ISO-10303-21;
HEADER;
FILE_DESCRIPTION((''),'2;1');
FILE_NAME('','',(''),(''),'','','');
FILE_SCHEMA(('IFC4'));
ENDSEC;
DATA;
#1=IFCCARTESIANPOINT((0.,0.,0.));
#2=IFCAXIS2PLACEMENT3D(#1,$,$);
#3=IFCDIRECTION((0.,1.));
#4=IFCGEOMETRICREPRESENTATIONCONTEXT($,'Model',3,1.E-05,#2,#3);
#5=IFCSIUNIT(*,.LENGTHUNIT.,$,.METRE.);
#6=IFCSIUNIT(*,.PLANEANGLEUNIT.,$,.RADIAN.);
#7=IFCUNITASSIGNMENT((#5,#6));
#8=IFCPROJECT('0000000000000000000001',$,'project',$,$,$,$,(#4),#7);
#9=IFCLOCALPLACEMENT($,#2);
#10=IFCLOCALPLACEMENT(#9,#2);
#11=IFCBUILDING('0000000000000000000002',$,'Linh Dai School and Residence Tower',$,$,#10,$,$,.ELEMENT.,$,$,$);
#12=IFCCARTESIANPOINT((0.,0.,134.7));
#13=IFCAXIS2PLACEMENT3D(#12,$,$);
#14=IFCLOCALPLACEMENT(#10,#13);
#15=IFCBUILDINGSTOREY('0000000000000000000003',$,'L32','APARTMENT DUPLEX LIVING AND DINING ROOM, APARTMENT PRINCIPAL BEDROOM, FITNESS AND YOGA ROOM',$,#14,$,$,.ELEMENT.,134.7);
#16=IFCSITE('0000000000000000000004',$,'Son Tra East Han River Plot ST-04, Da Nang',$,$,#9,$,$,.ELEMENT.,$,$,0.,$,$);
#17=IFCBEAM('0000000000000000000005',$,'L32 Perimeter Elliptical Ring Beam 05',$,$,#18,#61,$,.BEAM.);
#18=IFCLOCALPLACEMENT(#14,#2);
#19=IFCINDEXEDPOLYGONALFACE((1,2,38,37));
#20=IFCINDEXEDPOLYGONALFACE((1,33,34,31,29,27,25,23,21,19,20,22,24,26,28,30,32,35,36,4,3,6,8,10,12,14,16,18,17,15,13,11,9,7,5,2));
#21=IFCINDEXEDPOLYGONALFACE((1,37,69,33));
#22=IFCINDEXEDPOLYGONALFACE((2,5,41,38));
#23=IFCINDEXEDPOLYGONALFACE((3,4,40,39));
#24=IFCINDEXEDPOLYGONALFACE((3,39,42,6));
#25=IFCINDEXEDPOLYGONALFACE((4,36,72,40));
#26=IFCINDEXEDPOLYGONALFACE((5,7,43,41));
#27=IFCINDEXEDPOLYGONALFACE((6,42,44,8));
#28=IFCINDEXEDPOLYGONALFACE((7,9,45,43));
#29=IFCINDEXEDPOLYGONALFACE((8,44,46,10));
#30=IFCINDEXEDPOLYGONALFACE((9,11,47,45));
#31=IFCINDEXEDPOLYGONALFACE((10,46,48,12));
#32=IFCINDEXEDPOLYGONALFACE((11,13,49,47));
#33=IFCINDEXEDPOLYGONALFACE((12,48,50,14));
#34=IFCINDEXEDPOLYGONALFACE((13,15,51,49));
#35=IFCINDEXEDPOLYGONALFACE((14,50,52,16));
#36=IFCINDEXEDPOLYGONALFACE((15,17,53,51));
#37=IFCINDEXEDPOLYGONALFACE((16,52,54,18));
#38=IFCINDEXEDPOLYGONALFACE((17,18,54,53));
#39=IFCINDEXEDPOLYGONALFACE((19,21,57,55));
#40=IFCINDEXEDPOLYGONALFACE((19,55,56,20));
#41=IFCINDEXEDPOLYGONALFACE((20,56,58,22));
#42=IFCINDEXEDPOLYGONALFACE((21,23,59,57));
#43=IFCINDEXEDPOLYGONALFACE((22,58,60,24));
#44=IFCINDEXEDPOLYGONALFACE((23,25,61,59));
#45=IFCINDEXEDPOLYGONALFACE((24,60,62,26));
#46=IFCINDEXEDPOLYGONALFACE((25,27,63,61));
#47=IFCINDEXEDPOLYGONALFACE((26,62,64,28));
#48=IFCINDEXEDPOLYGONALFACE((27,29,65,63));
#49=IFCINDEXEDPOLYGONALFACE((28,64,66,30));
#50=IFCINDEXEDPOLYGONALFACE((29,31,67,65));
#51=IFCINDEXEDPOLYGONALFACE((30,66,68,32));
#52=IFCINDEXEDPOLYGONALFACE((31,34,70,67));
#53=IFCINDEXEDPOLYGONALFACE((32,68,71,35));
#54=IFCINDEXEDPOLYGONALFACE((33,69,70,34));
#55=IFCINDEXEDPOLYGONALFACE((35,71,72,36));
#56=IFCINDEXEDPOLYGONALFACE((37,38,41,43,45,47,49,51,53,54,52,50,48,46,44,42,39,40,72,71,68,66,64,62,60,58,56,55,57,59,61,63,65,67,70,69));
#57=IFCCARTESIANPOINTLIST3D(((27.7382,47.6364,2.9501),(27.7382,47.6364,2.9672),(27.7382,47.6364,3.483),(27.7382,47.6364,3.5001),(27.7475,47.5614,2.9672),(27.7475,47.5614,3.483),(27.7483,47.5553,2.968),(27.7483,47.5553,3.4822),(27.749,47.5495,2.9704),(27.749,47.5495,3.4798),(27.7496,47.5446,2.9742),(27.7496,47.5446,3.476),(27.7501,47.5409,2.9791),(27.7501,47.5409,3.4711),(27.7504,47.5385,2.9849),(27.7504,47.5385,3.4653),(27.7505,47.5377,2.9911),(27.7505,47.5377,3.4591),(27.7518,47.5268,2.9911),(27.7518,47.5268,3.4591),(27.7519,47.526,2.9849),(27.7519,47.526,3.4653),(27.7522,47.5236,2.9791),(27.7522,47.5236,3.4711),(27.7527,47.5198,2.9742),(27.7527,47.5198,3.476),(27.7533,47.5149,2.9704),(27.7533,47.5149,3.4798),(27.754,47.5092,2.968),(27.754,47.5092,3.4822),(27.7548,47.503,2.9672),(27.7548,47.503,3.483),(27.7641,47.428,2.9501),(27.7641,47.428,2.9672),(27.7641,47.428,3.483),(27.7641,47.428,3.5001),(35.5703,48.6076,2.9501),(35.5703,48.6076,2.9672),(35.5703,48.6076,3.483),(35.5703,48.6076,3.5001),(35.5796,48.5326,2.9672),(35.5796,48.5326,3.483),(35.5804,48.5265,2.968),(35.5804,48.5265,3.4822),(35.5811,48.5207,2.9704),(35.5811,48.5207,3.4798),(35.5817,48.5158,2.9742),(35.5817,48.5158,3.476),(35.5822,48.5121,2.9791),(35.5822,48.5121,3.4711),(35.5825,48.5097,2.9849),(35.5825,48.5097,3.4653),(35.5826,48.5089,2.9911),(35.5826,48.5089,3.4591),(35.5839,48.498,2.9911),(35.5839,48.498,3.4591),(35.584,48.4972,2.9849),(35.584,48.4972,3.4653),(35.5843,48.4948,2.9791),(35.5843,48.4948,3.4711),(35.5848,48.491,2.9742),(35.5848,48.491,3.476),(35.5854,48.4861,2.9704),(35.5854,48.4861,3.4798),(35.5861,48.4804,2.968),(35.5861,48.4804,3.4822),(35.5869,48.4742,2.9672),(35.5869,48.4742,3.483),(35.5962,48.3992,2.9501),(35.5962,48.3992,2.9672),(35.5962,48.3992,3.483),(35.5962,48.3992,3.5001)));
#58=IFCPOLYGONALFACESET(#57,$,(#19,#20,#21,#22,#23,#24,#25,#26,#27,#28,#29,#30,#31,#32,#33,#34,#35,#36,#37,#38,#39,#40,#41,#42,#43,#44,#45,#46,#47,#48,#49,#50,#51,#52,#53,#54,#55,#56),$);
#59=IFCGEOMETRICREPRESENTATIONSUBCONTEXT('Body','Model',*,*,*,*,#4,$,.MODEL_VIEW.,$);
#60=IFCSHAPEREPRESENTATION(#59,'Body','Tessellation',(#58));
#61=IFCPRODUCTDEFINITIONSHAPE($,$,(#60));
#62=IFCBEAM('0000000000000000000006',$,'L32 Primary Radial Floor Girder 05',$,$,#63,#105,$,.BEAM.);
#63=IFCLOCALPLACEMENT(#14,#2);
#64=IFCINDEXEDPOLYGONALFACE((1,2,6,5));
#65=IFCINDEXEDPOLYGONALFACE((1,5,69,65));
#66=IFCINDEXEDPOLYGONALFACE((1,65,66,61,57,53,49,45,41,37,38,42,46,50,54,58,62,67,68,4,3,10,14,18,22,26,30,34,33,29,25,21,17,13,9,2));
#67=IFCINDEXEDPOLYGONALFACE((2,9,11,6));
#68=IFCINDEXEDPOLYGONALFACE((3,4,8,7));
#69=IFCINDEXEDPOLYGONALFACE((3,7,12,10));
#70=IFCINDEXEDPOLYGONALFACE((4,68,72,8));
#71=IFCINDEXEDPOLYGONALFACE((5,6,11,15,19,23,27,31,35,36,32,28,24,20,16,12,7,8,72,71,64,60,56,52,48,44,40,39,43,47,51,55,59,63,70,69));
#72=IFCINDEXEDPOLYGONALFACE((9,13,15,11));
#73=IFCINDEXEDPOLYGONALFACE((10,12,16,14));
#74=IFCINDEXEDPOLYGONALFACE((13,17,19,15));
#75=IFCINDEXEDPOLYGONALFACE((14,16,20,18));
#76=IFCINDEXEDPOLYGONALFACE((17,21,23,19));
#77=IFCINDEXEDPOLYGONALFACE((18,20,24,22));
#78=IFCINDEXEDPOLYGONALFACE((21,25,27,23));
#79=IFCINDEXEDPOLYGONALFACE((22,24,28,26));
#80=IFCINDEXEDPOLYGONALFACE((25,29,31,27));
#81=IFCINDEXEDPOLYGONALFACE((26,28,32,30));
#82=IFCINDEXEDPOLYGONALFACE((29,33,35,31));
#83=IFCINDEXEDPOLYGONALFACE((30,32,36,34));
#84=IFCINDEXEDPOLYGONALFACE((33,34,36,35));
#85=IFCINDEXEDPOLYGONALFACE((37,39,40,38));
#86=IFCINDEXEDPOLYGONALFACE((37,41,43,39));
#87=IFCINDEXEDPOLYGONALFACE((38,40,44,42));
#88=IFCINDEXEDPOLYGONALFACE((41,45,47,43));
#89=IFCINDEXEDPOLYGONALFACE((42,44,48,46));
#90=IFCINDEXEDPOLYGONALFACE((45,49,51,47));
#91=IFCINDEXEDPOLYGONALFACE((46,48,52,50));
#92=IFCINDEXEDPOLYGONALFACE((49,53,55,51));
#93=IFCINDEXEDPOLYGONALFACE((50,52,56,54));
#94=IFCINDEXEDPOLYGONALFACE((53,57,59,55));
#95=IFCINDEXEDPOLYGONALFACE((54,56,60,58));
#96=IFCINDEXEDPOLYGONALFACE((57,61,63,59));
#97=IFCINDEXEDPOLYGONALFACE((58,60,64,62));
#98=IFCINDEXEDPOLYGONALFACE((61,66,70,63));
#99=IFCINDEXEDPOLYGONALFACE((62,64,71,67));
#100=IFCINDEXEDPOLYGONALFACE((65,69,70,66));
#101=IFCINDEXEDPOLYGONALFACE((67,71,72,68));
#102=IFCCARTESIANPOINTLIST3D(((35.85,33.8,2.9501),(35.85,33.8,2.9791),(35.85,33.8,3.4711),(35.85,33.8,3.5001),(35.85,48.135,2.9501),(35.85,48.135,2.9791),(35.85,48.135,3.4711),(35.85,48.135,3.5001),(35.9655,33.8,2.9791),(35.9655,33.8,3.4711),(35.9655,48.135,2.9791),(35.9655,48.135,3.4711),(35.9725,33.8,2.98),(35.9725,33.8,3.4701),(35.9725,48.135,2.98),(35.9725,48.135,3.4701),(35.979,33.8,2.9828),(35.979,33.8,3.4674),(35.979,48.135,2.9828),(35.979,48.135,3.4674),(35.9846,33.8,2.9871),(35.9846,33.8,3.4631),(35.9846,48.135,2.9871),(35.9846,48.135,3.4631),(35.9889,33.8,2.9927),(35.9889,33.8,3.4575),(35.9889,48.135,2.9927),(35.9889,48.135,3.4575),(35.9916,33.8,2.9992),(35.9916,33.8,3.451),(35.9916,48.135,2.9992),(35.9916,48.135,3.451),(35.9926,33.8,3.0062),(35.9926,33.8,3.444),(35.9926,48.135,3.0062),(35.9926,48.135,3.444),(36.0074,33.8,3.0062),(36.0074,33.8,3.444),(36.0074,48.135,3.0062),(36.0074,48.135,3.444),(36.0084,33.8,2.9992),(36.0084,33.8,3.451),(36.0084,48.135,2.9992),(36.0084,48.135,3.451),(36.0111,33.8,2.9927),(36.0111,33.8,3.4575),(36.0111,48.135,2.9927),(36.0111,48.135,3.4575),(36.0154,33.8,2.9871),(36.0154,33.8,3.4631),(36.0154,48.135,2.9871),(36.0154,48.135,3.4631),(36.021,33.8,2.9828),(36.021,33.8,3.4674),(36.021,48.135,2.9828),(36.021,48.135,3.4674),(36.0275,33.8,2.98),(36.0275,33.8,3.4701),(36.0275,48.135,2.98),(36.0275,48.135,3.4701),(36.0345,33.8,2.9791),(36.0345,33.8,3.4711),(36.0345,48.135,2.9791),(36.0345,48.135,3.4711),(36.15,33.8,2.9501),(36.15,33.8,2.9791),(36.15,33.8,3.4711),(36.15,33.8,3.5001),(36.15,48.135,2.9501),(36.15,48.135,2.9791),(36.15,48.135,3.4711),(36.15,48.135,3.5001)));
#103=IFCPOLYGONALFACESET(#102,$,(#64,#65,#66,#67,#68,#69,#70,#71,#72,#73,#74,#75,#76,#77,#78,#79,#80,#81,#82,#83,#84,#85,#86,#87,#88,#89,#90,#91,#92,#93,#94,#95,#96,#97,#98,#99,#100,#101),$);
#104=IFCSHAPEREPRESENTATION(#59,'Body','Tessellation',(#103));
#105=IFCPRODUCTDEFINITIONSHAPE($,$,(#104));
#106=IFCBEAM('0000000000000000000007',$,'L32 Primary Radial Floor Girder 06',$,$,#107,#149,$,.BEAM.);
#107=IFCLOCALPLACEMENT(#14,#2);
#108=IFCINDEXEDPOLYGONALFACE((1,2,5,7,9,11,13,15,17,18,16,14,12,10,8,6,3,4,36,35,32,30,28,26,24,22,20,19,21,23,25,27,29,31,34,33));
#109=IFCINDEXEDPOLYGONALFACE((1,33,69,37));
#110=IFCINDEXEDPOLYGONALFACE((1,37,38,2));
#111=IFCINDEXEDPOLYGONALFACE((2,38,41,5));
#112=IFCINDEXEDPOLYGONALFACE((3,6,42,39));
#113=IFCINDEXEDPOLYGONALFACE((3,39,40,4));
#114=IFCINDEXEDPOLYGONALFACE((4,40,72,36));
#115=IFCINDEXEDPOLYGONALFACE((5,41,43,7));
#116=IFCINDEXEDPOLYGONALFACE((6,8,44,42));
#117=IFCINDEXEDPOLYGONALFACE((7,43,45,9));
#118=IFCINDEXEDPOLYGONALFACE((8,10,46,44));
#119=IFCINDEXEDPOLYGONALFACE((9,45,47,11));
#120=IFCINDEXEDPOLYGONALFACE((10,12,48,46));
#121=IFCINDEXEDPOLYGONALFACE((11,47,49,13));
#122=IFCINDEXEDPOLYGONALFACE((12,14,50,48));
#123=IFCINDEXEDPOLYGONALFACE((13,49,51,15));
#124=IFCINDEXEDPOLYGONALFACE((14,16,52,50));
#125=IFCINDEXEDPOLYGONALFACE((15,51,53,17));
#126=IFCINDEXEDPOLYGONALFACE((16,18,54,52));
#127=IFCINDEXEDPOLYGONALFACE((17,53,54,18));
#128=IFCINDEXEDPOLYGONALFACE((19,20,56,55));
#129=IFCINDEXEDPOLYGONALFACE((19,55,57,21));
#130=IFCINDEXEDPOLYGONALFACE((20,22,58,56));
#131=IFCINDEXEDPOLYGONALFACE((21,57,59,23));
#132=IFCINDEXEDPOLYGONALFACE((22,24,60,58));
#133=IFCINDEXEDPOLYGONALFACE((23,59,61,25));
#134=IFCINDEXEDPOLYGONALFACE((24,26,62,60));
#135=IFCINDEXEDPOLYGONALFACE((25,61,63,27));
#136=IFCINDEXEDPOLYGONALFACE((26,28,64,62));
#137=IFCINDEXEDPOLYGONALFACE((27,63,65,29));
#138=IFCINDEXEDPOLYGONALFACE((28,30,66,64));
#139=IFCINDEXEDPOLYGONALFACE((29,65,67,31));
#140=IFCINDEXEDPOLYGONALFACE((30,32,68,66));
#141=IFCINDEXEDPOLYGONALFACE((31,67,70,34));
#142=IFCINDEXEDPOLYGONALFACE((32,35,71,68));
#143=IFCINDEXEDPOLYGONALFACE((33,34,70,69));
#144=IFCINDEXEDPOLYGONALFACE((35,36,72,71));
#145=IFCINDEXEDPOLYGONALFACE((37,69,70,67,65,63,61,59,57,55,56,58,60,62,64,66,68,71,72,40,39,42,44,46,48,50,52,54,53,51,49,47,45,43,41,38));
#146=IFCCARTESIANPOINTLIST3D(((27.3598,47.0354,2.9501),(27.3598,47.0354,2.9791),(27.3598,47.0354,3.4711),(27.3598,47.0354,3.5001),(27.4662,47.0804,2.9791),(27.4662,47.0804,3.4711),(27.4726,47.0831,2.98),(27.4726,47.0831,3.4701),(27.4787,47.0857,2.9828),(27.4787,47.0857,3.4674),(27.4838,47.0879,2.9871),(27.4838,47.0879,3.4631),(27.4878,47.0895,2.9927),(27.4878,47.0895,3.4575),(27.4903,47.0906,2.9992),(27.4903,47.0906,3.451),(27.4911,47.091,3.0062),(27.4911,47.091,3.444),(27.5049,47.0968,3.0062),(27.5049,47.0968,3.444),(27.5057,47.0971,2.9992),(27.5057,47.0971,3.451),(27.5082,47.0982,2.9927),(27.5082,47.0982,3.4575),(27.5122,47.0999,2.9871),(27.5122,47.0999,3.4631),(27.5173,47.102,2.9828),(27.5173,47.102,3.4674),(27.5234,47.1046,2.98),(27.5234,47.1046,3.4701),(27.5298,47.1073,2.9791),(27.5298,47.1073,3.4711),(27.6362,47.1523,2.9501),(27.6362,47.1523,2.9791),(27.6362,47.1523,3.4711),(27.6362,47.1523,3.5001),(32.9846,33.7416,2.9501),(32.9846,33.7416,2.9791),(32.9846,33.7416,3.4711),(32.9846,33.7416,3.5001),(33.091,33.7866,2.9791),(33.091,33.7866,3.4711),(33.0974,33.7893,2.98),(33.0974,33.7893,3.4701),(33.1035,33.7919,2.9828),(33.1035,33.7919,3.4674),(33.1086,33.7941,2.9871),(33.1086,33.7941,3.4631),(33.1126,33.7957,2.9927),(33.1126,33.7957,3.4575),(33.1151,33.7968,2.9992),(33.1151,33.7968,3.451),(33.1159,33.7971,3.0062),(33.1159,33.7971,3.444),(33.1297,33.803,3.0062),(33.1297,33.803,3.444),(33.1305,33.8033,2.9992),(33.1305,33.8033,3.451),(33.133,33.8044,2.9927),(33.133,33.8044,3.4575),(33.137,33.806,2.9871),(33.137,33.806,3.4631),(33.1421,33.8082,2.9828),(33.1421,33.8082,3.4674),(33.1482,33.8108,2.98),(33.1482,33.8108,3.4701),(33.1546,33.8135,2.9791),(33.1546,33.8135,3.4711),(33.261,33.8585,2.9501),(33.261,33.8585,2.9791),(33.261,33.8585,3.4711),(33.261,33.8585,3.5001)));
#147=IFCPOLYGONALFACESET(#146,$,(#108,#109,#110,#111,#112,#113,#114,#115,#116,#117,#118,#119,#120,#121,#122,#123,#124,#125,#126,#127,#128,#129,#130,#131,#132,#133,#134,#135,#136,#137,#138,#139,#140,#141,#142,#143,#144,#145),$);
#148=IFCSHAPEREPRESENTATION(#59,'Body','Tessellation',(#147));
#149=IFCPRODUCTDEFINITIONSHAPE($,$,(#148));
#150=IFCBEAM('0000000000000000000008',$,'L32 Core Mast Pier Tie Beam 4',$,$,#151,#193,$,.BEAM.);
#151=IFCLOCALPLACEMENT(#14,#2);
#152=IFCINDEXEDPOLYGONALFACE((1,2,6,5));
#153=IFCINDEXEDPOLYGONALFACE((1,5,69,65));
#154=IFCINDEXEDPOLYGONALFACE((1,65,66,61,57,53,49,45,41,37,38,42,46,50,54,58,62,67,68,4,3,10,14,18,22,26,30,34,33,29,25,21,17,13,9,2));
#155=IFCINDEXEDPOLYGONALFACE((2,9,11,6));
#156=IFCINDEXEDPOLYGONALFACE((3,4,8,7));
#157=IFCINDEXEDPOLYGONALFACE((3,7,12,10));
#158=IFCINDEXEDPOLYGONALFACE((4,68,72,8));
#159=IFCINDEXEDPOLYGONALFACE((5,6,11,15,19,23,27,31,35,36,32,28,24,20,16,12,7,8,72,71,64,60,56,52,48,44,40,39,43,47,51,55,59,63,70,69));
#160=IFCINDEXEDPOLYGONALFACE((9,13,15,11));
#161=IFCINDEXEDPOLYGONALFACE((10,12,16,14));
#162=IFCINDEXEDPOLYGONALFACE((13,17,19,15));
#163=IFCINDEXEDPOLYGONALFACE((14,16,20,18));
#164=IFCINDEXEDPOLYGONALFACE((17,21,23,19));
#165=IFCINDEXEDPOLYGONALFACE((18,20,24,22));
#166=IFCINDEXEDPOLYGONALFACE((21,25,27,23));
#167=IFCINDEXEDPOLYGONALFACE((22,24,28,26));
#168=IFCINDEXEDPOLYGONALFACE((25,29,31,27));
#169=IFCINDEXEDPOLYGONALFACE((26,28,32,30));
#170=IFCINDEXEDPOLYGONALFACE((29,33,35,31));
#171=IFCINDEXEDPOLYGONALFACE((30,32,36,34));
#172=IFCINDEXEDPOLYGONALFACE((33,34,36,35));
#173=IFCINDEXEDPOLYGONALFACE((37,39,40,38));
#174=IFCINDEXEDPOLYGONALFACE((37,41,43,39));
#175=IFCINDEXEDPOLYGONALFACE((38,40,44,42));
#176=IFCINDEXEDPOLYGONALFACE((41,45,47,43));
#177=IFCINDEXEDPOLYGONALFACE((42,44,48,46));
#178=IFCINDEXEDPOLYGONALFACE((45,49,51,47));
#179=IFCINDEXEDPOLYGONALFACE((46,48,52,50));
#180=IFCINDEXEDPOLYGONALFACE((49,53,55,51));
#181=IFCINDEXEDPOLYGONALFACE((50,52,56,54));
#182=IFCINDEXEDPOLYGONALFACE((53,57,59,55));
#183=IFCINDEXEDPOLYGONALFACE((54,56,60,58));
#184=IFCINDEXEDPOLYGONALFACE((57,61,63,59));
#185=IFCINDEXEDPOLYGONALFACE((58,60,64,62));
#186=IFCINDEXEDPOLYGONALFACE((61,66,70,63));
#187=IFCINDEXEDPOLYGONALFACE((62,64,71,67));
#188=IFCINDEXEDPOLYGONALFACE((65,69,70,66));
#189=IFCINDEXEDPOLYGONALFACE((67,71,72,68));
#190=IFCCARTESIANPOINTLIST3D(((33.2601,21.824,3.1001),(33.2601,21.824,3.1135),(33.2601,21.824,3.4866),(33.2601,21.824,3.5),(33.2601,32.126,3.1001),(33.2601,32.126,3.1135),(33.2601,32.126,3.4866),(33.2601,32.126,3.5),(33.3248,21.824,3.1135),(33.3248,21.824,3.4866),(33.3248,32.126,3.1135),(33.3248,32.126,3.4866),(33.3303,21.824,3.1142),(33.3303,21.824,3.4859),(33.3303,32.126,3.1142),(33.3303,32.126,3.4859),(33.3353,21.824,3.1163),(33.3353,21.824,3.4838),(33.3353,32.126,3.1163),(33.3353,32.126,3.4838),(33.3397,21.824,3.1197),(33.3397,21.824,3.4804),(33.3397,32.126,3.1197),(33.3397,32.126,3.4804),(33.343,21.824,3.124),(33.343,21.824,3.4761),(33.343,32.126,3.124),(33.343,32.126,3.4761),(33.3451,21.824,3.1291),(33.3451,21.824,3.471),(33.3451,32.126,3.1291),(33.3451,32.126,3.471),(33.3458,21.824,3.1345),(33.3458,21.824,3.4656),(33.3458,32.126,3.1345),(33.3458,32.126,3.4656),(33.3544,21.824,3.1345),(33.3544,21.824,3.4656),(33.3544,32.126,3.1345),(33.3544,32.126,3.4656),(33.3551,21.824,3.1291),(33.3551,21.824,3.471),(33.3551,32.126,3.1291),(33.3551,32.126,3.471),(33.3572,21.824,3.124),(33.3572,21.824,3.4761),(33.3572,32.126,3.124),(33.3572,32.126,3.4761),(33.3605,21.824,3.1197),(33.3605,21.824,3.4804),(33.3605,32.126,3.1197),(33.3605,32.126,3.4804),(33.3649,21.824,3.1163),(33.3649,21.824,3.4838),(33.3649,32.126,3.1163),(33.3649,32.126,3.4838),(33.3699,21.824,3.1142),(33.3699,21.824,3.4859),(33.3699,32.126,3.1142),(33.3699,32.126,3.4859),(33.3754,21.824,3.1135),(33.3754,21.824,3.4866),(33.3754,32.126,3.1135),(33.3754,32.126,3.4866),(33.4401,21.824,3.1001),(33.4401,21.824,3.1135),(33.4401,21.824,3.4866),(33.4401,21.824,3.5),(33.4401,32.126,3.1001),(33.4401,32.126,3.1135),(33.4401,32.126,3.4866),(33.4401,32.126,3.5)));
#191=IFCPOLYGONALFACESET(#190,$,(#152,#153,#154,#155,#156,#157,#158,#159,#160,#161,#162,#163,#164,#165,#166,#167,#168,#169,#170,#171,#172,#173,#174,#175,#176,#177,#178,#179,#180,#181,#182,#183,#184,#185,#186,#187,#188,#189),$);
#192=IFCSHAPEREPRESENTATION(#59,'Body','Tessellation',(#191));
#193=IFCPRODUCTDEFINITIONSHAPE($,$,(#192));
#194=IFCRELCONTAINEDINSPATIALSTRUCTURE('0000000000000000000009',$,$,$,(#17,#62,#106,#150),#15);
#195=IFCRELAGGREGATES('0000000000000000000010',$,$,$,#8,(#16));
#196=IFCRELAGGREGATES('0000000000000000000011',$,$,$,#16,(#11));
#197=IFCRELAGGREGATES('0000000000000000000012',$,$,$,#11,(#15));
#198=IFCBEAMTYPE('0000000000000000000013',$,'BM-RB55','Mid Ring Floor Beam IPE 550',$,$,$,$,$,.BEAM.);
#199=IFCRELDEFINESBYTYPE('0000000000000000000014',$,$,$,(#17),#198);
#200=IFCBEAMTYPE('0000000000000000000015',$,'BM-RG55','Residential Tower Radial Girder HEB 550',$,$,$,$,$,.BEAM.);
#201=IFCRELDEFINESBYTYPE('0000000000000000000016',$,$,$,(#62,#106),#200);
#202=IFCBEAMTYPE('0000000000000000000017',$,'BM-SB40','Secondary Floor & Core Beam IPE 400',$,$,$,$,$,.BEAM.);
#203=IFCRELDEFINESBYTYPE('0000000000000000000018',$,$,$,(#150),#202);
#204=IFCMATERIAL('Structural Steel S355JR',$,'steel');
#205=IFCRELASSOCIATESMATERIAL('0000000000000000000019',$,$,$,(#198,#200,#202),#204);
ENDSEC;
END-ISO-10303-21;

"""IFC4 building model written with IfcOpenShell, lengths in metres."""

from ifc_helpers import new_model, si_unit, direction, frame, origin, origin_2d, place, context, subcontext, project, spatial, i_section, extrude, material, material_profile, profile_set, type_object, element, save


model = new_model("IFC4")

# Units and contexts
model_context = context("Model", 3, precision=1e-05, world=origin(), true_north=direction((0.0, 1.0)))
body_context = subcontext(model_context, "Body", "Model", "MODEL_VIEW")
ifc_project = project(units=[si_unit("LENGTHUNIT", "METRE"), si_unit("PLANEANGLEUNIT", "RADIAN")], contexts=[model_context])

# Site, building, storey
site_placement = place(None, origin())
site = spatial("IfcSite", under=ifc_project, at=site_placement, Name="Son Tra East Han River Plot ST-04, Da Nang", CompositionType="ELEMENT", RefElevation=0.0)
building_placement = place(site_placement, origin())
building = spatial("IfcBuilding", under=site, at=building_placement, Name="Linh Dai School and Residence Tower", CompositionType="ELEMENT")
storey_placement = place(building_placement, frame((0.0, 0.0, 134.7)))
storey = spatial("IfcBuildingStorey", under=building, at=storey_placement, Name="L32", Description="APARTMENT DUPLEX LIVING AND DINING ROOM, APARTMENT PRINCIPAL BEDROOM, FITNESS AND YOGA ROOM", CompositionType="ELEMENT", Elevation=134.7)

# Shared definitions
ifc_material_1 = material(Name="Structural Steel S355JR", Category="steel")

# Beams
ifc_material_profile_1 = material_profile(ifc_material_1, i_section(OverallWidth=0.21, OverallDepth=0.55, WebThickness=0.011, FlangeThickness=0.0171, FilletRadius=0.0239, at=origin_2d()), Name="IPE 550")
ifc_profile_set_1 = profile_set([ifc_material_profile_1], Name="Structural Steel S355JR")
beam_type_1 = type_object("IfcBeamType", Name="BM-RB55", Description="Mid Ring Floor Beam IPE 550", PredefinedType="BEAM", material=ifc_profile_set_1)
beam_1_placement = place(storey_placement, frame((35.5833, 48.5034, 3.2251), z_axis=(-0.992399, -0.12306, 0.0), x_axis=(0.12306, -0.992399, 0.0)))
element("IfcBeam", 1, at=beam_1_placement, inside=storey, type_object=beam_type_1, Name="L32 Perimeter Elliptical Ring Beam 05", PredefinedType="BEAM", context=body_context, shape_type="SweptSolid", body=[
    extrude(i_section(OverallWidth=0.21, OverallDepth=0.55, WebThickness=0.011, FlangeThickness=0.0171, FilletRadius=0.0239, at=origin_2d()), origin(), (0.0, 0.0, 1.0), 7.8921),
])
ifc_material_profile_2 = material_profile(ifc_material_1, i_section(OverallWidth=0.3, OverallDepth=0.55, WebThickness=0.0149, FlangeThickness=0.0291, FilletRadius=0.0271, at=origin_2d()), Name="HEB 550")
ifc_profile_set_2 = profile_set([ifc_material_profile_2], Name="Structural Steel S355JR")
beam_type_2 = type_object("IfcBeamType", Name="BM-RG55", Description="Residential Tower Radial Girder HEB 550", PredefinedType="BEAM", material=ifc_profile_set_2)
beam_2_placement = place(storey_placement, frame((36.0, 33.8, 3.2251), z_axis=(0.0, 1.0, 0.0), x_axis=(-1.0, 0.0, 0.0)))
element("IfcBeam", 2, at=beam_2_placement, inside=storey, type_object=beam_type_2, Name="L32 Primary Radial Floor Girder 05", PredefinedType="BEAM", context=body_context, shape_type="SweptSolid", body=[
    extrude(i_section(OverallWidth=0.3, OverallDepth=0.55, WebThickness=0.0149, FlangeThickness=0.0291, FilletRadius=0.0271, at=origin_2d()), origin(), (0.0, 0.0, 1.0), 14.335),
])
beam_3_placement = place(storey_placement, frame((33.1228, 33.8, 3.2251), z_axis=(-0.389669, 0.920955, 0.0), x_axis=(-0.920955, -0.389669, 0.0)))
element("IfcBeam", 3, at=beam_3_placement, inside=storey, type_object=beam_type_2, Name="L32 Primary Radial Floor Girder 06", PredefinedType="BEAM", context=body_context, shape_type="SweptSolid", body=[
    extrude(i_section(OverallWidth=0.3, OverallDepth=0.55, WebThickness=0.0149, FlangeThickness=0.0291, FilletRadius=0.0271, at=origin_2d()), origin(), (0.0, 0.0, 1.0), 14.4348),
])
ifc_material_profile_3 = material_profile(ifc_material_1, i_section(OverallWidth=0.1799, OverallDepth=0.3999, WebThickness=0.0085, FlangeThickness=0.0134, FilletRadius=0.021, at=origin_2d()), Name="IPE 400")
ifc_profile_set_3 = profile_set([ifc_material_profile_3], Name="Structural Steel S355JR")
beam_type_3 = type_object("IfcBeamType", Name="BM-SB40", Description="Secondary Floor & Core Beam IPE 400", PredefinedType="BEAM", material=ifc_profile_set_3)
beam_4_placement = place(storey_placement, frame((33.3501, 32.126, 3.3), z_axis=(0.0, -1.0, 0.0), x_axis=(1.0, 0.0, 0.0)))
element("IfcBeam", 4, at=beam_4_placement, inside=storey, type_object=beam_type_3, Name="L32 Core Mast Pier Tie Beam 4", PredefinedType="BEAM", context=body_context, shape_type="SweptSolid", body=[
    extrude(i_section(OverallWidth=0.1799, OverallDepth=0.3999, WebThickness=0.0085, FlangeThickness=0.0134, FilletRadius=0.021, at=origin_2d()), origin(), (0.0, 0.0, 1.0), 10.302),
])

save(model, "model.ifc")
